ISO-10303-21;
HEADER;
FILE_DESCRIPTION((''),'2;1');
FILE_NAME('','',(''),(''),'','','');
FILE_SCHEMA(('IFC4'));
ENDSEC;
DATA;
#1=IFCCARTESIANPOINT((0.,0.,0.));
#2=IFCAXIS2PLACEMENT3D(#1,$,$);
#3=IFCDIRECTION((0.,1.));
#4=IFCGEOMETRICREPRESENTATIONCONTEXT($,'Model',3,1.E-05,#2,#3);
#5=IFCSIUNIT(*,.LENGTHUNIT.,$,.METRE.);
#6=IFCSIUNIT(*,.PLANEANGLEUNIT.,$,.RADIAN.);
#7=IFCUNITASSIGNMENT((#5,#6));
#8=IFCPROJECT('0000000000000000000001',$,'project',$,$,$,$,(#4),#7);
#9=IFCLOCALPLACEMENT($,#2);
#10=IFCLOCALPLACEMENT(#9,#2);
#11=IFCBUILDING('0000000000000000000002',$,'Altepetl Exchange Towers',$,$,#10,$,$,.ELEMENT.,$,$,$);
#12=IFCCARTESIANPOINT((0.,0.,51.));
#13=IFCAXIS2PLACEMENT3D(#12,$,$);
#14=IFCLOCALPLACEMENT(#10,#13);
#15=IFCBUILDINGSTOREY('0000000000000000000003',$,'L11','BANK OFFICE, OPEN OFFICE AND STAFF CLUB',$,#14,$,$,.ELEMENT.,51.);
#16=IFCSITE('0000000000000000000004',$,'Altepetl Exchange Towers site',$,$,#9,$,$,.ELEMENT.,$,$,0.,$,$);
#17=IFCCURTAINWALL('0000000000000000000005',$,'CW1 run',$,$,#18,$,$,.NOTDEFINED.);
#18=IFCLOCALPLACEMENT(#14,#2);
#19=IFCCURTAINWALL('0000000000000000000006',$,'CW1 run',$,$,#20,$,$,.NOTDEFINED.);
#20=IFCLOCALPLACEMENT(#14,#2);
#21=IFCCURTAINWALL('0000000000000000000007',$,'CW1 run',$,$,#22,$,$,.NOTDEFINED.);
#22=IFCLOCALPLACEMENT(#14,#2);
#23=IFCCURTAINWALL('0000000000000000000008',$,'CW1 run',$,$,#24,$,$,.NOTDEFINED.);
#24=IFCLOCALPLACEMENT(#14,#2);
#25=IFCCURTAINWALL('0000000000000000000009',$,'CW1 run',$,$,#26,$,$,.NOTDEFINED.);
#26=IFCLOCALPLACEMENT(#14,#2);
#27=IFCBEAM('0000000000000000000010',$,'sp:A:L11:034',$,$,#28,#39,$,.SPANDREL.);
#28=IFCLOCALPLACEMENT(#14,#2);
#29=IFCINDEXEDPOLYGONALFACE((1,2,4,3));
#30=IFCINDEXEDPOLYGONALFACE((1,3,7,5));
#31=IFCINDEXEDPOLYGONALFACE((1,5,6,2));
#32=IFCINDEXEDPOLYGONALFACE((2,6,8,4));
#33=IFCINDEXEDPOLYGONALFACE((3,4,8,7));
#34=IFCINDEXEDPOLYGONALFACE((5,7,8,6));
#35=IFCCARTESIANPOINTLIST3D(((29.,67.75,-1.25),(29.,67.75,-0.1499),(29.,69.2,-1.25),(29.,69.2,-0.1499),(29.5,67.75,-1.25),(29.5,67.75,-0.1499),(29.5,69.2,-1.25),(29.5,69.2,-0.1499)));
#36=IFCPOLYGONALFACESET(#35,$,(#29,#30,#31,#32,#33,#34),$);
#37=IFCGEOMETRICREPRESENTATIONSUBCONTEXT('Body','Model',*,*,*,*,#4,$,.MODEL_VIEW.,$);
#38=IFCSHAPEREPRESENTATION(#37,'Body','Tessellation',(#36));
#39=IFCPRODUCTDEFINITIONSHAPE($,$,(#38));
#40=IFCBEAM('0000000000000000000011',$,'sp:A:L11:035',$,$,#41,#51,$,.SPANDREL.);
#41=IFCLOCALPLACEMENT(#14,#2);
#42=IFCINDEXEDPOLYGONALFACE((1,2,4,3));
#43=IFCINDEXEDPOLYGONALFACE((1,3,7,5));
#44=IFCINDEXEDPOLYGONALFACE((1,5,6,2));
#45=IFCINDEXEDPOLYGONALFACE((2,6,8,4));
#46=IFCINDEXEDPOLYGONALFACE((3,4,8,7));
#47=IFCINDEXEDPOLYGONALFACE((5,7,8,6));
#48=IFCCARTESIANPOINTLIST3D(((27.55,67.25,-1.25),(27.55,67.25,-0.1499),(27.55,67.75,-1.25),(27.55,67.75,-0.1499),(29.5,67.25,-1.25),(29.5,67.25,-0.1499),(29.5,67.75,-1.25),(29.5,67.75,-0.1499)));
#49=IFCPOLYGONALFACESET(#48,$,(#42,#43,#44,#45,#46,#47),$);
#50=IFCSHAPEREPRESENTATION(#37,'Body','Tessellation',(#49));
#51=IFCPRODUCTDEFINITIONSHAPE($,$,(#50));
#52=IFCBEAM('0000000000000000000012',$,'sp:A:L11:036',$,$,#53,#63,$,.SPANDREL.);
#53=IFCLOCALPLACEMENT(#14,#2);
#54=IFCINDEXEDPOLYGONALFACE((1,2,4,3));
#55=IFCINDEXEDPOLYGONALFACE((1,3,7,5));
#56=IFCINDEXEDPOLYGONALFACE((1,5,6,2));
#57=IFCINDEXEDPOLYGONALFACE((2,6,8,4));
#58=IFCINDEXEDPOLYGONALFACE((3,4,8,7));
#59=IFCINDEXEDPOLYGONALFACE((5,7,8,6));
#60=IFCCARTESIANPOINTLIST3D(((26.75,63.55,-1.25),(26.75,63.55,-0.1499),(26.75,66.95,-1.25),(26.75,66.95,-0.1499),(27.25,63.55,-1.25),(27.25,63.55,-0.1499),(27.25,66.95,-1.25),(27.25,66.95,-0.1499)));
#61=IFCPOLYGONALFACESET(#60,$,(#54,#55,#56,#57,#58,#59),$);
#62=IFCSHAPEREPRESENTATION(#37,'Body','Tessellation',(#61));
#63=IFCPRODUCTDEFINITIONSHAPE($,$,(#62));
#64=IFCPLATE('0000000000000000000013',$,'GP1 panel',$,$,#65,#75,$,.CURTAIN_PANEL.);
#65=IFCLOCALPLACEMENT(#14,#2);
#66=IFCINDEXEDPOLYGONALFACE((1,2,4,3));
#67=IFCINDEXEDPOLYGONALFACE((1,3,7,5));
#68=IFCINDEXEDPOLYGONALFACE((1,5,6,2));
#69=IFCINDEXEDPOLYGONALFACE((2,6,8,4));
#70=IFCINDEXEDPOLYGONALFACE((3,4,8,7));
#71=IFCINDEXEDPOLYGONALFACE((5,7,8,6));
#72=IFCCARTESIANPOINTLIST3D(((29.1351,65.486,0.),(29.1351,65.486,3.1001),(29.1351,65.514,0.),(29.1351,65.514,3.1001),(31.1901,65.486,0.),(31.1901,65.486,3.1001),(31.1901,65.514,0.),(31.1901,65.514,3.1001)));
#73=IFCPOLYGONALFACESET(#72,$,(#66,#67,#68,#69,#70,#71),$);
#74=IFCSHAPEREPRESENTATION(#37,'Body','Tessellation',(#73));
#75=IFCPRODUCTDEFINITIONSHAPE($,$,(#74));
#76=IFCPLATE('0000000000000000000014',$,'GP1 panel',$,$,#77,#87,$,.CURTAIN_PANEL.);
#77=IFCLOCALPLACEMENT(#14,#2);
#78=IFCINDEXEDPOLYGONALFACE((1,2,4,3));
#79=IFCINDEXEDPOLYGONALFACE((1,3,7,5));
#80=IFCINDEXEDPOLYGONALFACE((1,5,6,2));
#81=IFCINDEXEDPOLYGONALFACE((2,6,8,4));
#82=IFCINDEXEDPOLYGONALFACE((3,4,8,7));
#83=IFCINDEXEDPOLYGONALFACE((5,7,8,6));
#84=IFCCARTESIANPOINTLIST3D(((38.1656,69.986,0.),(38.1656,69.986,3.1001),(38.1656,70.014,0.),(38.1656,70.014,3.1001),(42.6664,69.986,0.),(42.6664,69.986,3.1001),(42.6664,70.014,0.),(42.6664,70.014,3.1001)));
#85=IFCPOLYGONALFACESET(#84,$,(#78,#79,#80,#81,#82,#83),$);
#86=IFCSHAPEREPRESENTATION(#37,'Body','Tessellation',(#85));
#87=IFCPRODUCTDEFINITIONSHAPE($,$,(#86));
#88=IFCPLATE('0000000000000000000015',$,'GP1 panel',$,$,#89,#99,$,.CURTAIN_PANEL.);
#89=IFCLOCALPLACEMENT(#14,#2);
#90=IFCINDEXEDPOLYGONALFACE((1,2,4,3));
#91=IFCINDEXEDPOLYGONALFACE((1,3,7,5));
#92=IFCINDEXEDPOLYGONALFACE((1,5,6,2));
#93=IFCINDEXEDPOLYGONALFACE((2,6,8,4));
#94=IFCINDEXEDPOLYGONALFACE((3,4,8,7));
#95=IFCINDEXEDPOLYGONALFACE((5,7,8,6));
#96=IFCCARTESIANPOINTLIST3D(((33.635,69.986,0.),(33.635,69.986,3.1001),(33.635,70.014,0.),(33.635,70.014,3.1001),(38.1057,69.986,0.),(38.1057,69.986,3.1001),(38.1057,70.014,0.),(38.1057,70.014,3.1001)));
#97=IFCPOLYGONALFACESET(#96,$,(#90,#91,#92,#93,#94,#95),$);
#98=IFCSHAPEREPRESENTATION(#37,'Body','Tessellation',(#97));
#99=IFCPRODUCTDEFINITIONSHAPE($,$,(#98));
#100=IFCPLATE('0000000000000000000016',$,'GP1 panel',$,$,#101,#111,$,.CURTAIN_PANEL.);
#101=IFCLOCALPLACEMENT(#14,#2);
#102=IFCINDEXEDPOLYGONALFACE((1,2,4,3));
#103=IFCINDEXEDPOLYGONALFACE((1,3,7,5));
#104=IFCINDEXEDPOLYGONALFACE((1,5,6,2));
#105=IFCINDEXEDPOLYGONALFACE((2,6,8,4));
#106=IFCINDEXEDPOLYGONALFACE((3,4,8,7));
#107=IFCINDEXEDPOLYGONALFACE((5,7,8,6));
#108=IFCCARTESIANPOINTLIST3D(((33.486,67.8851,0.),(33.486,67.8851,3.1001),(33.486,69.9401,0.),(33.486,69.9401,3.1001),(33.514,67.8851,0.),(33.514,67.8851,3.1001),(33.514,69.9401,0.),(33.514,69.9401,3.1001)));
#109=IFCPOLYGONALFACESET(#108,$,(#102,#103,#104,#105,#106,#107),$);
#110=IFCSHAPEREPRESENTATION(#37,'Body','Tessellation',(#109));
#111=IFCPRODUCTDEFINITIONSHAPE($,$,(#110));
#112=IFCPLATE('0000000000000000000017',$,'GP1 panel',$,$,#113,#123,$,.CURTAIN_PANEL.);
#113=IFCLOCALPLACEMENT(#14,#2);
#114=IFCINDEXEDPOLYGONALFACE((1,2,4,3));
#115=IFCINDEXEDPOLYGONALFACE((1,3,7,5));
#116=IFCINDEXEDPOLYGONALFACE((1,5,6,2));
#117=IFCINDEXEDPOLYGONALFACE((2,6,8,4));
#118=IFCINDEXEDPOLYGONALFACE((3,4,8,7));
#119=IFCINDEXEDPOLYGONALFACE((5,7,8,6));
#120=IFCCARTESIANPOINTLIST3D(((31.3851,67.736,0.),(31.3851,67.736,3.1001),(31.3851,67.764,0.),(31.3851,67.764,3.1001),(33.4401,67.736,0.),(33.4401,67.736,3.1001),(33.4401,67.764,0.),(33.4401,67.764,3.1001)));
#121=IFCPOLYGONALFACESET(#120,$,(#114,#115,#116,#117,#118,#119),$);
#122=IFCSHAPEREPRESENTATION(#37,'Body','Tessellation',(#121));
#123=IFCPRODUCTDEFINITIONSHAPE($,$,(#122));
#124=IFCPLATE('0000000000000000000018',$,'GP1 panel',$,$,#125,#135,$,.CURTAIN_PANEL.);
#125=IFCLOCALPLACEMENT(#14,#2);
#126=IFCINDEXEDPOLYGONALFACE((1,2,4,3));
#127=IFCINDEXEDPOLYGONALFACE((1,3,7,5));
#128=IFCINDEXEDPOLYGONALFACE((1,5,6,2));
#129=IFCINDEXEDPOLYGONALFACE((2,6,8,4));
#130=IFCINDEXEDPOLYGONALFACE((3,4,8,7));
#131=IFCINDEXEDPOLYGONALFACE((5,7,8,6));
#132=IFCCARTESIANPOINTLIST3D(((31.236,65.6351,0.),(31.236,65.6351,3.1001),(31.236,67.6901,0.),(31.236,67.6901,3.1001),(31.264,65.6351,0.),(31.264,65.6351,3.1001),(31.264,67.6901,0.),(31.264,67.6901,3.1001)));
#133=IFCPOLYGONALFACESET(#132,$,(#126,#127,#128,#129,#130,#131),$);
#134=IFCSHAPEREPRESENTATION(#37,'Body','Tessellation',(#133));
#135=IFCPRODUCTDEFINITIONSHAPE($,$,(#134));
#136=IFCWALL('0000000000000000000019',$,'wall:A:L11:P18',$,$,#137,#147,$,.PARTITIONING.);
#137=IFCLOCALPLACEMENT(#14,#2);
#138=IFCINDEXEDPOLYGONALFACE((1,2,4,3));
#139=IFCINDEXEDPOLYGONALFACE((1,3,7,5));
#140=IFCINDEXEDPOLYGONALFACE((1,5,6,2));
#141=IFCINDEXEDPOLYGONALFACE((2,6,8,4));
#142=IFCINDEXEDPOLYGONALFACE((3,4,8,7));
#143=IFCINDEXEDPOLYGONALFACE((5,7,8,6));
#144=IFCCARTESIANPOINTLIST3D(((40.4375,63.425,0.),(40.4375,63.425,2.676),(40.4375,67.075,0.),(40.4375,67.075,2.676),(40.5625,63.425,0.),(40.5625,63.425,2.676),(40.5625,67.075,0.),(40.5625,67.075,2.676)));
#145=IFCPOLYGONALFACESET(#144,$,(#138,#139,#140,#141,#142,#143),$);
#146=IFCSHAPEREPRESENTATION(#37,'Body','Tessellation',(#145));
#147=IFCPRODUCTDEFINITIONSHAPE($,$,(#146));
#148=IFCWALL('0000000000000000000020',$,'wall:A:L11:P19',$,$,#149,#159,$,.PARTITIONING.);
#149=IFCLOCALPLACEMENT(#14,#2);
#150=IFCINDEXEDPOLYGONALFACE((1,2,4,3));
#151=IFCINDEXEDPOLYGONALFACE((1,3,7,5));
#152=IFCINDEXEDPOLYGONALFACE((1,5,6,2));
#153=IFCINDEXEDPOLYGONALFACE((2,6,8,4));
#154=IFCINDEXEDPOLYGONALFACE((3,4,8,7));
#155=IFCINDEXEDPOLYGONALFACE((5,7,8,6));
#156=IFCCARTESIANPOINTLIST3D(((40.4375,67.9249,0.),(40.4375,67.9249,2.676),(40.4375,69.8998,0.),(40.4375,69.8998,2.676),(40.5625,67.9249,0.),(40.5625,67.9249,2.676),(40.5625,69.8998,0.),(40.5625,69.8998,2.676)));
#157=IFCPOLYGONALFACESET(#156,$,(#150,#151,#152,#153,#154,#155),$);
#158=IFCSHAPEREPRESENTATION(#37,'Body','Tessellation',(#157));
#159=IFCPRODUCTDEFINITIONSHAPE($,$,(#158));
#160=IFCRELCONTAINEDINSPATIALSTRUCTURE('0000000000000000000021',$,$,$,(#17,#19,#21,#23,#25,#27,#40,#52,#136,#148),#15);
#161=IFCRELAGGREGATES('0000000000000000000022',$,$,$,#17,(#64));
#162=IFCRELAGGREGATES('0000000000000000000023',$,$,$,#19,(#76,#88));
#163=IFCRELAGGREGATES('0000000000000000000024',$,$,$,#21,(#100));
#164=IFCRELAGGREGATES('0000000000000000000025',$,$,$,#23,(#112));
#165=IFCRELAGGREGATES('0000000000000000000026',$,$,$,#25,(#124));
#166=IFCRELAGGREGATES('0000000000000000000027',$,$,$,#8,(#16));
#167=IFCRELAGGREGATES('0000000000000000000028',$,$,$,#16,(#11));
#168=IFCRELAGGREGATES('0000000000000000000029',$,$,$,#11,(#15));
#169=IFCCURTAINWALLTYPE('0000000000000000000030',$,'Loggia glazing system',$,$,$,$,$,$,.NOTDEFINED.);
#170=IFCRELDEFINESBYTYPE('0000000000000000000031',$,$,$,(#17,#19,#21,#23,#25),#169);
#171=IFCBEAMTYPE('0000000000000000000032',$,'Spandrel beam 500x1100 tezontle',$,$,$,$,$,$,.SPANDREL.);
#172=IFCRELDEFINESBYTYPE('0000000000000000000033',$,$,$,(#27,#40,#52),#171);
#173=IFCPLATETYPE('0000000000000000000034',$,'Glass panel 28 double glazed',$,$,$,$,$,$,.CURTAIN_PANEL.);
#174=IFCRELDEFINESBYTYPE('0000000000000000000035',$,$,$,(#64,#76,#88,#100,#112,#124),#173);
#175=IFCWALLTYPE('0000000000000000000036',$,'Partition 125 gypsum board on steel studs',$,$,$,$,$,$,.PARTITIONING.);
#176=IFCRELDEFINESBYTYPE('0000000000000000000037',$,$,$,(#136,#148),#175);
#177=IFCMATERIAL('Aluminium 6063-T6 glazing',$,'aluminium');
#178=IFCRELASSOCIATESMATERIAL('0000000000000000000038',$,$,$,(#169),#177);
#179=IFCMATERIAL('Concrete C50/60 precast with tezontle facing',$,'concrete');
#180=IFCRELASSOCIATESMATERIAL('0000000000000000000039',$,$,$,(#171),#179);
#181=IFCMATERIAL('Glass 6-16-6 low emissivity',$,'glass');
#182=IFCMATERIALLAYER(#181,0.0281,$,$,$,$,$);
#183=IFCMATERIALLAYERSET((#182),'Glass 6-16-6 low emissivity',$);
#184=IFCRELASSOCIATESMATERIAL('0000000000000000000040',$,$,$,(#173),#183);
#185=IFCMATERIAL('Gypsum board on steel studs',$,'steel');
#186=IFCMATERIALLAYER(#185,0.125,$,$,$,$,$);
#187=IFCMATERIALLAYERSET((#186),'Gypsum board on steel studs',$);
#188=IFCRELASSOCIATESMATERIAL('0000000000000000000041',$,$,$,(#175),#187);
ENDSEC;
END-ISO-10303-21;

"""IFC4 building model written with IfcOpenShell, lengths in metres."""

from ifc_helpers import new_model, si_unit, direction, frame, frame_2d, origin, origin_2d, place, context, subcontext, project, spatial, rectangle, extrude, material, layer, layer_set, material_profile, profile_set, type_object, element, aggregate, save


model = new_model("IFC4")

# Units and contexts
model_context = context("Model", 3, precision=1e-05, world=origin(), true_north=direction((0.0, 1.0)))
body_context = subcontext(model_context, "Body", "Model", "MODEL_VIEW")
ifc_project = project(units=[si_unit("LENGTHUNIT", "METRE"), si_unit("PLANEANGLEUNIT", "RADIAN")], contexts=[model_context])

# Site, building, storey
site_placement = place(None, origin())
site = spatial("IfcSite", under=ifc_project, at=site_placement, Name="Altepetl Exchange Towers site", CompositionType="ELEMENT", RefElevation=0.0)
building_placement = place(site_placement, origin())
building = spatial("IfcBuilding", under=site, at=building_placement, Name="Altepetl Exchange Towers", CompositionType="ELEMENT")
storey_placement = place(building_placement, frame((0.0, 0.0, 51.0)))
storey = spatial("IfcBuildingStorey", under=building, at=storey_placement, Name="L11", Description="BANK OFFICE, OPEN OFFICE AND STAFF CLUB", CompositionType="ELEMENT", Elevation=51.0)

# Curtain wall
ifc_material_1 = material(Name="Aluminium 6063-T6 glazing", Category="aluminium")
curtain_wall_type = type_object("IfcCurtainWallType", Name="Loggia glazing system", PredefinedType="NOTDEFINED", material=ifc_material_1)
curtain_wall_1_placement = place(storey_placement, origin())
curtain_wall_1 = element("IfcCurtainWall", 1, at=curtain_wall_1_placement, inside=storey, type_object=curtain_wall_type, Name="CW1 run", PredefinedType="NOTDEFINED")

# Curtain walls
curtain_wall_2_placement = place(storey_placement, origin())
curtain_wall_2 = element("IfcCurtainWall", 2, at=curtain_wall_2_placement, inside=storey, type_object=curtain_wall_type, Name="CW1 run", PredefinedType="NOTDEFINED")
curtain_wall_3_placement = place(storey_placement, origin())
curtain_wall_3 = element("IfcCurtainWall", 3, at=curtain_wall_3_placement, inside=storey, type_object=curtain_wall_type, Name="CW1 run", PredefinedType="NOTDEFINED")
curtain_wall_4_placement = place(storey_placement, origin())
curtain_wall_4 = element("IfcCurtainWall", 4, at=curtain_wall_4_placement, inside=storey, type_object=curtain_wall_type, Name="CW1 run", PredefinedType="NOTDEFINED")
curtain_wall_5_placement = place(storey_placement, origin())
curtain_wall_5 = element("IfcCurtainWall", 5, at=curtain_wall_5_placement, inside=storey, type_object=curtain_wall_type, Name="CW1 run", PredefinedType="NOTDEFINED")

# Beams
ifc_material_2 = material(Name="Concrete C50/60 precast with tezontle facing", Category="concrete")
ifc_material_profile_1 = material_profile(ifc_material_2, rectangle(XDim=0.5, YDim=1.1001, at=origin_2d()), Name="500 x 1100")
ifc_profile_set_1 = profile_set([ifc_material_profile_1], Name="Concrete C50/60 precast with tezontle facing")
beam_type_1 = type_object("IfcBeamType", Name="Spandrel beam 500x1100 tezontle", PredefinedType="SPANDREL", material=ifc_profile_set_1)
beam_1_placement = place(storey_placement, frame((29.25, 69.2, -0.7), z_axis=(0.0, -1.0, 0.0), x_axis=(1.0, 0.0, 0.0)))
element("IfcBeam", 6, at=beam_1_placement, inside=storey, type_object=beam_type_1, Name="sp:A:L11:034", PredefinedType="SPANDREL", context=body_context, shape_type="SweptSolid", body=[
    extrude(rectangle(XDim=0.5, YDim=1.1001, at=origin_2d()), origin(), (0.0, 0.0, 1.0), 1.45),
])
beam_2_placement = place(storey_placement, frame((29.5, 67.5, -0.7), z_axis=(-1.0, 0.0, 0.0), x_axis=(0.0, -1.0, 0.0)))
element("IfcBeam", 7, at=beam_2_placement, inside=storey, type_object=beam_type_1, Name="sp:A:L11:035", PredefinedType="SPANDREL", context=body_context, shape_type="SweptSolid", body=[
    extrude(rectangle(XDim=0.5, YDim=1.1001, at=origin_2d()), origin(), (0.0, 0.0, 1.0), 1.95),
])
beam_3_placement = place(storey_placement, frame((27.0, 66.95, -0.7), z_axis=(0.0, -1.0, 0.0), x_axis=(1.0, 0.0, 0.0)))
element("IfcBeam", 8, at=beam_3_placement, inside=storey, type_object=beam_type_1, Name="sp:A:L11:036", PredefinedType="SPANDREL", context=body_context, shape_type="SweptSolid", body=[
    extrude(rectangle(XDim=0.5, YDim=1.1001, at=origin_2d()), origin(), (0.0, 0.0, 1.0), 3.3999),
])

# Plates
ifc_material_3 = material(Name="Glass 6-16-6 low emissivity", Category="glass")
ifc_layer_1 = layer(ifc_material_3, 0.0281)
ifc_layer_set_1 = layer_set([ifc_layer_1], Name="Glass 6-16-6 low emissivity")
plate_type = type_object("IfcPlateType", Name="Glass panel 28 double glazed", PredefinedType="CURTAIN_PANEL", material=ifc_layer_set_1)
plate_1_placement = place(storey_placement, frame((30.1626, 65.5, 0.0), z_axis=(0.0, 0.0, 1.0), x_axis=(-1.0, 0.0, 0.0)))
plate_1 = element("IfcPlate", 9, at=plate_1_placement, type_object=plate_type, Name="GP1 panel", PredefinedType="CURTAIN_PANEL", context=body_context, shape_type="SweptSolid", body=[
    extrude(rectangle(XDim=2.0549, YDim=0.0281, at=origin_2d()), origin(), (0.0, 0.0, 1.0), 3.1001),
])
aggregate(curtain_wall_1, [plate_1])
plate_2_placement = place(storey_placement, frame((40.416, 70.0, 0.0), z_axis=(0.0, 0.0, 1.0), x_axis=(-1.0, 0.0, 0.0)))
plate_2 = element("IfcPlate", 10, at=plate_2_placement, type_object=plate_type, Name="GP1 panel", PredefinedType="CURTAIN_PANEL", context=body_context, shape_type="SweptSolid", body=[
    extrude(rectangle(XDim=4.5007, YDim=0.0281, at=origin_2d()), origin(), (0.0, 0.0, 1.0), 3.1001),
])
plate_3_placement = place(storey_placement, frame((35.8704, 70.0, 0.0), z_axis=(0.0, 0.0, 1.0), x_axis=(-1.0, 0.0, 0.0)))
plate_3 = element("IfcPlate", 11, at=plate_3_placement, type_object=plate_type, Name="GP1 panel", PredefinedType="CURTAIN_PANEL", context=body_context, shape_type="SweptSolid", body=[
    extrude(rectangle(XDim=4.4707, YDim=0.0281, at=origin_2d()), origin(), (0.0, 0.0, 1.0), 3.1001),
])
aggregate(curtain_wall_2, [plate_2, plate_3])
plate_4_placement = place(storey_placement, frame((33.5, 68.9126, 0.0), z_axis=(0.0, 0.0, 1.0), x_axis=(0.0, -1.0, 0.0)))
plate_4 = element("IfcPlate", 12, at=plate_4_placement, type_object=plate_type, Name="GP1 panel", PredefinedType="CURTAIN_PANEL", context=body_context, shape_type="SweptSolid", body=[
    extrude(rectangle(XDim=2.0549, YDim=0.0281, at=origin_2d()), origin(), (0.0, 0.0, 1.0), 3.1001),
])
aggregate(curtain_wall_3, [plate_4])
plate_5_placement = place(storey_placement, frame((32.4126, 67.75, 0.0), z_axis=(0.0, 0.0, 1.0), x_axis=(-1.0, 0.0, 0.0)))
plate_5 = element("IfcPlate", 13, at=plate_5_placement, type_object=plate_type, Name="GP1 panel", PredefinedType="CURTAIN_PANEL", context=body_context, shape_type="SweptSolid", body=[
    extrude(rectangle(XDim=2.0549, YDim=0.0281, at=origin_2d()), origin(), (0.0, 0.0, 1.0), 3.1001),
])
aggregate(curtain_wall_4, [plate_5])
plate_6_placement = place(storey_placement, frame((31.25, 66.6626, 0.0), z_axis=(0.0, 0.0, 1.0), x_axis=(0.0, -1.0, 0.0)))
plate_6 = element("IfcPlate", 14, at=plate_6_placement, type_object=plate_type, Name="GP1 panel", PredefinedType="CURTAIN_PANEL", context=body_context, shape_type="SweptSolid", body=[
    extrude(rectangle(XDim=2.0549, YDim=0.0281, at=origin_2d()), origin(), (0.0, 0.0, 1.0), 3.1001),
])
aggregate(curtain_wall_5, [plate_6])

# Walls
ifc_material_4 = material(Name="Gypsum board on steel studs", Category="steel")
ifc_layer_2 = layer(ifc_material_4, 0.125)
ifc_layer_set_2 = layer_set([ifc_layer_2], Name="Gypsum board on steel studs")
wall_type = type_object("IfcWallType", Name="Partition 125 gypsum board on steel studs", PredefinedType="PARTITIONING", material=ifc_layer_set_2)
wall_1_placement = place(storey_placement, frame((40.5, 63.425, 0.0), z_axis=(0.0, 0.0, 1.0), x_axis=(0.0, 1.0, 0.0)))
element("IfcWall", 15, at=wall_1_placement, inside=storey, type_object=wall_type, Name="wall:A:L11:P18", PredefinedType="PARTITIONING", context=body_context, shape_type="SweptSolid", body=[
    extrude(rectangle(XDim=3.6499, YDim=0.125, at=frame_2d((1.825, 0.0))), origin(), (0.0, 0.0, 1.0), 2.676),
])
wall_2_placement = place(storey_placement, frame((40.5, 67.925, 0.0), z_axis=(0.0, 0.0, 1.0), x_axis=(0.0, 1.0, 0.0)))
element("IfcWall", 16, at=wall_2_placement, inside=storey, type_object=wall_type, Name="wall:A:L11:P19", PredefinedType="PARTITIONING", context=body_context, shape_type="SweptSolid", body=[
    extrude(rectangle(XDim=1.9749, YDim=0.125, at=frame_2d((0.9873, 0.0))), origin(), (0.0, 0.0, 1.0), 2.676),
])

save(model, "model.ifc")
